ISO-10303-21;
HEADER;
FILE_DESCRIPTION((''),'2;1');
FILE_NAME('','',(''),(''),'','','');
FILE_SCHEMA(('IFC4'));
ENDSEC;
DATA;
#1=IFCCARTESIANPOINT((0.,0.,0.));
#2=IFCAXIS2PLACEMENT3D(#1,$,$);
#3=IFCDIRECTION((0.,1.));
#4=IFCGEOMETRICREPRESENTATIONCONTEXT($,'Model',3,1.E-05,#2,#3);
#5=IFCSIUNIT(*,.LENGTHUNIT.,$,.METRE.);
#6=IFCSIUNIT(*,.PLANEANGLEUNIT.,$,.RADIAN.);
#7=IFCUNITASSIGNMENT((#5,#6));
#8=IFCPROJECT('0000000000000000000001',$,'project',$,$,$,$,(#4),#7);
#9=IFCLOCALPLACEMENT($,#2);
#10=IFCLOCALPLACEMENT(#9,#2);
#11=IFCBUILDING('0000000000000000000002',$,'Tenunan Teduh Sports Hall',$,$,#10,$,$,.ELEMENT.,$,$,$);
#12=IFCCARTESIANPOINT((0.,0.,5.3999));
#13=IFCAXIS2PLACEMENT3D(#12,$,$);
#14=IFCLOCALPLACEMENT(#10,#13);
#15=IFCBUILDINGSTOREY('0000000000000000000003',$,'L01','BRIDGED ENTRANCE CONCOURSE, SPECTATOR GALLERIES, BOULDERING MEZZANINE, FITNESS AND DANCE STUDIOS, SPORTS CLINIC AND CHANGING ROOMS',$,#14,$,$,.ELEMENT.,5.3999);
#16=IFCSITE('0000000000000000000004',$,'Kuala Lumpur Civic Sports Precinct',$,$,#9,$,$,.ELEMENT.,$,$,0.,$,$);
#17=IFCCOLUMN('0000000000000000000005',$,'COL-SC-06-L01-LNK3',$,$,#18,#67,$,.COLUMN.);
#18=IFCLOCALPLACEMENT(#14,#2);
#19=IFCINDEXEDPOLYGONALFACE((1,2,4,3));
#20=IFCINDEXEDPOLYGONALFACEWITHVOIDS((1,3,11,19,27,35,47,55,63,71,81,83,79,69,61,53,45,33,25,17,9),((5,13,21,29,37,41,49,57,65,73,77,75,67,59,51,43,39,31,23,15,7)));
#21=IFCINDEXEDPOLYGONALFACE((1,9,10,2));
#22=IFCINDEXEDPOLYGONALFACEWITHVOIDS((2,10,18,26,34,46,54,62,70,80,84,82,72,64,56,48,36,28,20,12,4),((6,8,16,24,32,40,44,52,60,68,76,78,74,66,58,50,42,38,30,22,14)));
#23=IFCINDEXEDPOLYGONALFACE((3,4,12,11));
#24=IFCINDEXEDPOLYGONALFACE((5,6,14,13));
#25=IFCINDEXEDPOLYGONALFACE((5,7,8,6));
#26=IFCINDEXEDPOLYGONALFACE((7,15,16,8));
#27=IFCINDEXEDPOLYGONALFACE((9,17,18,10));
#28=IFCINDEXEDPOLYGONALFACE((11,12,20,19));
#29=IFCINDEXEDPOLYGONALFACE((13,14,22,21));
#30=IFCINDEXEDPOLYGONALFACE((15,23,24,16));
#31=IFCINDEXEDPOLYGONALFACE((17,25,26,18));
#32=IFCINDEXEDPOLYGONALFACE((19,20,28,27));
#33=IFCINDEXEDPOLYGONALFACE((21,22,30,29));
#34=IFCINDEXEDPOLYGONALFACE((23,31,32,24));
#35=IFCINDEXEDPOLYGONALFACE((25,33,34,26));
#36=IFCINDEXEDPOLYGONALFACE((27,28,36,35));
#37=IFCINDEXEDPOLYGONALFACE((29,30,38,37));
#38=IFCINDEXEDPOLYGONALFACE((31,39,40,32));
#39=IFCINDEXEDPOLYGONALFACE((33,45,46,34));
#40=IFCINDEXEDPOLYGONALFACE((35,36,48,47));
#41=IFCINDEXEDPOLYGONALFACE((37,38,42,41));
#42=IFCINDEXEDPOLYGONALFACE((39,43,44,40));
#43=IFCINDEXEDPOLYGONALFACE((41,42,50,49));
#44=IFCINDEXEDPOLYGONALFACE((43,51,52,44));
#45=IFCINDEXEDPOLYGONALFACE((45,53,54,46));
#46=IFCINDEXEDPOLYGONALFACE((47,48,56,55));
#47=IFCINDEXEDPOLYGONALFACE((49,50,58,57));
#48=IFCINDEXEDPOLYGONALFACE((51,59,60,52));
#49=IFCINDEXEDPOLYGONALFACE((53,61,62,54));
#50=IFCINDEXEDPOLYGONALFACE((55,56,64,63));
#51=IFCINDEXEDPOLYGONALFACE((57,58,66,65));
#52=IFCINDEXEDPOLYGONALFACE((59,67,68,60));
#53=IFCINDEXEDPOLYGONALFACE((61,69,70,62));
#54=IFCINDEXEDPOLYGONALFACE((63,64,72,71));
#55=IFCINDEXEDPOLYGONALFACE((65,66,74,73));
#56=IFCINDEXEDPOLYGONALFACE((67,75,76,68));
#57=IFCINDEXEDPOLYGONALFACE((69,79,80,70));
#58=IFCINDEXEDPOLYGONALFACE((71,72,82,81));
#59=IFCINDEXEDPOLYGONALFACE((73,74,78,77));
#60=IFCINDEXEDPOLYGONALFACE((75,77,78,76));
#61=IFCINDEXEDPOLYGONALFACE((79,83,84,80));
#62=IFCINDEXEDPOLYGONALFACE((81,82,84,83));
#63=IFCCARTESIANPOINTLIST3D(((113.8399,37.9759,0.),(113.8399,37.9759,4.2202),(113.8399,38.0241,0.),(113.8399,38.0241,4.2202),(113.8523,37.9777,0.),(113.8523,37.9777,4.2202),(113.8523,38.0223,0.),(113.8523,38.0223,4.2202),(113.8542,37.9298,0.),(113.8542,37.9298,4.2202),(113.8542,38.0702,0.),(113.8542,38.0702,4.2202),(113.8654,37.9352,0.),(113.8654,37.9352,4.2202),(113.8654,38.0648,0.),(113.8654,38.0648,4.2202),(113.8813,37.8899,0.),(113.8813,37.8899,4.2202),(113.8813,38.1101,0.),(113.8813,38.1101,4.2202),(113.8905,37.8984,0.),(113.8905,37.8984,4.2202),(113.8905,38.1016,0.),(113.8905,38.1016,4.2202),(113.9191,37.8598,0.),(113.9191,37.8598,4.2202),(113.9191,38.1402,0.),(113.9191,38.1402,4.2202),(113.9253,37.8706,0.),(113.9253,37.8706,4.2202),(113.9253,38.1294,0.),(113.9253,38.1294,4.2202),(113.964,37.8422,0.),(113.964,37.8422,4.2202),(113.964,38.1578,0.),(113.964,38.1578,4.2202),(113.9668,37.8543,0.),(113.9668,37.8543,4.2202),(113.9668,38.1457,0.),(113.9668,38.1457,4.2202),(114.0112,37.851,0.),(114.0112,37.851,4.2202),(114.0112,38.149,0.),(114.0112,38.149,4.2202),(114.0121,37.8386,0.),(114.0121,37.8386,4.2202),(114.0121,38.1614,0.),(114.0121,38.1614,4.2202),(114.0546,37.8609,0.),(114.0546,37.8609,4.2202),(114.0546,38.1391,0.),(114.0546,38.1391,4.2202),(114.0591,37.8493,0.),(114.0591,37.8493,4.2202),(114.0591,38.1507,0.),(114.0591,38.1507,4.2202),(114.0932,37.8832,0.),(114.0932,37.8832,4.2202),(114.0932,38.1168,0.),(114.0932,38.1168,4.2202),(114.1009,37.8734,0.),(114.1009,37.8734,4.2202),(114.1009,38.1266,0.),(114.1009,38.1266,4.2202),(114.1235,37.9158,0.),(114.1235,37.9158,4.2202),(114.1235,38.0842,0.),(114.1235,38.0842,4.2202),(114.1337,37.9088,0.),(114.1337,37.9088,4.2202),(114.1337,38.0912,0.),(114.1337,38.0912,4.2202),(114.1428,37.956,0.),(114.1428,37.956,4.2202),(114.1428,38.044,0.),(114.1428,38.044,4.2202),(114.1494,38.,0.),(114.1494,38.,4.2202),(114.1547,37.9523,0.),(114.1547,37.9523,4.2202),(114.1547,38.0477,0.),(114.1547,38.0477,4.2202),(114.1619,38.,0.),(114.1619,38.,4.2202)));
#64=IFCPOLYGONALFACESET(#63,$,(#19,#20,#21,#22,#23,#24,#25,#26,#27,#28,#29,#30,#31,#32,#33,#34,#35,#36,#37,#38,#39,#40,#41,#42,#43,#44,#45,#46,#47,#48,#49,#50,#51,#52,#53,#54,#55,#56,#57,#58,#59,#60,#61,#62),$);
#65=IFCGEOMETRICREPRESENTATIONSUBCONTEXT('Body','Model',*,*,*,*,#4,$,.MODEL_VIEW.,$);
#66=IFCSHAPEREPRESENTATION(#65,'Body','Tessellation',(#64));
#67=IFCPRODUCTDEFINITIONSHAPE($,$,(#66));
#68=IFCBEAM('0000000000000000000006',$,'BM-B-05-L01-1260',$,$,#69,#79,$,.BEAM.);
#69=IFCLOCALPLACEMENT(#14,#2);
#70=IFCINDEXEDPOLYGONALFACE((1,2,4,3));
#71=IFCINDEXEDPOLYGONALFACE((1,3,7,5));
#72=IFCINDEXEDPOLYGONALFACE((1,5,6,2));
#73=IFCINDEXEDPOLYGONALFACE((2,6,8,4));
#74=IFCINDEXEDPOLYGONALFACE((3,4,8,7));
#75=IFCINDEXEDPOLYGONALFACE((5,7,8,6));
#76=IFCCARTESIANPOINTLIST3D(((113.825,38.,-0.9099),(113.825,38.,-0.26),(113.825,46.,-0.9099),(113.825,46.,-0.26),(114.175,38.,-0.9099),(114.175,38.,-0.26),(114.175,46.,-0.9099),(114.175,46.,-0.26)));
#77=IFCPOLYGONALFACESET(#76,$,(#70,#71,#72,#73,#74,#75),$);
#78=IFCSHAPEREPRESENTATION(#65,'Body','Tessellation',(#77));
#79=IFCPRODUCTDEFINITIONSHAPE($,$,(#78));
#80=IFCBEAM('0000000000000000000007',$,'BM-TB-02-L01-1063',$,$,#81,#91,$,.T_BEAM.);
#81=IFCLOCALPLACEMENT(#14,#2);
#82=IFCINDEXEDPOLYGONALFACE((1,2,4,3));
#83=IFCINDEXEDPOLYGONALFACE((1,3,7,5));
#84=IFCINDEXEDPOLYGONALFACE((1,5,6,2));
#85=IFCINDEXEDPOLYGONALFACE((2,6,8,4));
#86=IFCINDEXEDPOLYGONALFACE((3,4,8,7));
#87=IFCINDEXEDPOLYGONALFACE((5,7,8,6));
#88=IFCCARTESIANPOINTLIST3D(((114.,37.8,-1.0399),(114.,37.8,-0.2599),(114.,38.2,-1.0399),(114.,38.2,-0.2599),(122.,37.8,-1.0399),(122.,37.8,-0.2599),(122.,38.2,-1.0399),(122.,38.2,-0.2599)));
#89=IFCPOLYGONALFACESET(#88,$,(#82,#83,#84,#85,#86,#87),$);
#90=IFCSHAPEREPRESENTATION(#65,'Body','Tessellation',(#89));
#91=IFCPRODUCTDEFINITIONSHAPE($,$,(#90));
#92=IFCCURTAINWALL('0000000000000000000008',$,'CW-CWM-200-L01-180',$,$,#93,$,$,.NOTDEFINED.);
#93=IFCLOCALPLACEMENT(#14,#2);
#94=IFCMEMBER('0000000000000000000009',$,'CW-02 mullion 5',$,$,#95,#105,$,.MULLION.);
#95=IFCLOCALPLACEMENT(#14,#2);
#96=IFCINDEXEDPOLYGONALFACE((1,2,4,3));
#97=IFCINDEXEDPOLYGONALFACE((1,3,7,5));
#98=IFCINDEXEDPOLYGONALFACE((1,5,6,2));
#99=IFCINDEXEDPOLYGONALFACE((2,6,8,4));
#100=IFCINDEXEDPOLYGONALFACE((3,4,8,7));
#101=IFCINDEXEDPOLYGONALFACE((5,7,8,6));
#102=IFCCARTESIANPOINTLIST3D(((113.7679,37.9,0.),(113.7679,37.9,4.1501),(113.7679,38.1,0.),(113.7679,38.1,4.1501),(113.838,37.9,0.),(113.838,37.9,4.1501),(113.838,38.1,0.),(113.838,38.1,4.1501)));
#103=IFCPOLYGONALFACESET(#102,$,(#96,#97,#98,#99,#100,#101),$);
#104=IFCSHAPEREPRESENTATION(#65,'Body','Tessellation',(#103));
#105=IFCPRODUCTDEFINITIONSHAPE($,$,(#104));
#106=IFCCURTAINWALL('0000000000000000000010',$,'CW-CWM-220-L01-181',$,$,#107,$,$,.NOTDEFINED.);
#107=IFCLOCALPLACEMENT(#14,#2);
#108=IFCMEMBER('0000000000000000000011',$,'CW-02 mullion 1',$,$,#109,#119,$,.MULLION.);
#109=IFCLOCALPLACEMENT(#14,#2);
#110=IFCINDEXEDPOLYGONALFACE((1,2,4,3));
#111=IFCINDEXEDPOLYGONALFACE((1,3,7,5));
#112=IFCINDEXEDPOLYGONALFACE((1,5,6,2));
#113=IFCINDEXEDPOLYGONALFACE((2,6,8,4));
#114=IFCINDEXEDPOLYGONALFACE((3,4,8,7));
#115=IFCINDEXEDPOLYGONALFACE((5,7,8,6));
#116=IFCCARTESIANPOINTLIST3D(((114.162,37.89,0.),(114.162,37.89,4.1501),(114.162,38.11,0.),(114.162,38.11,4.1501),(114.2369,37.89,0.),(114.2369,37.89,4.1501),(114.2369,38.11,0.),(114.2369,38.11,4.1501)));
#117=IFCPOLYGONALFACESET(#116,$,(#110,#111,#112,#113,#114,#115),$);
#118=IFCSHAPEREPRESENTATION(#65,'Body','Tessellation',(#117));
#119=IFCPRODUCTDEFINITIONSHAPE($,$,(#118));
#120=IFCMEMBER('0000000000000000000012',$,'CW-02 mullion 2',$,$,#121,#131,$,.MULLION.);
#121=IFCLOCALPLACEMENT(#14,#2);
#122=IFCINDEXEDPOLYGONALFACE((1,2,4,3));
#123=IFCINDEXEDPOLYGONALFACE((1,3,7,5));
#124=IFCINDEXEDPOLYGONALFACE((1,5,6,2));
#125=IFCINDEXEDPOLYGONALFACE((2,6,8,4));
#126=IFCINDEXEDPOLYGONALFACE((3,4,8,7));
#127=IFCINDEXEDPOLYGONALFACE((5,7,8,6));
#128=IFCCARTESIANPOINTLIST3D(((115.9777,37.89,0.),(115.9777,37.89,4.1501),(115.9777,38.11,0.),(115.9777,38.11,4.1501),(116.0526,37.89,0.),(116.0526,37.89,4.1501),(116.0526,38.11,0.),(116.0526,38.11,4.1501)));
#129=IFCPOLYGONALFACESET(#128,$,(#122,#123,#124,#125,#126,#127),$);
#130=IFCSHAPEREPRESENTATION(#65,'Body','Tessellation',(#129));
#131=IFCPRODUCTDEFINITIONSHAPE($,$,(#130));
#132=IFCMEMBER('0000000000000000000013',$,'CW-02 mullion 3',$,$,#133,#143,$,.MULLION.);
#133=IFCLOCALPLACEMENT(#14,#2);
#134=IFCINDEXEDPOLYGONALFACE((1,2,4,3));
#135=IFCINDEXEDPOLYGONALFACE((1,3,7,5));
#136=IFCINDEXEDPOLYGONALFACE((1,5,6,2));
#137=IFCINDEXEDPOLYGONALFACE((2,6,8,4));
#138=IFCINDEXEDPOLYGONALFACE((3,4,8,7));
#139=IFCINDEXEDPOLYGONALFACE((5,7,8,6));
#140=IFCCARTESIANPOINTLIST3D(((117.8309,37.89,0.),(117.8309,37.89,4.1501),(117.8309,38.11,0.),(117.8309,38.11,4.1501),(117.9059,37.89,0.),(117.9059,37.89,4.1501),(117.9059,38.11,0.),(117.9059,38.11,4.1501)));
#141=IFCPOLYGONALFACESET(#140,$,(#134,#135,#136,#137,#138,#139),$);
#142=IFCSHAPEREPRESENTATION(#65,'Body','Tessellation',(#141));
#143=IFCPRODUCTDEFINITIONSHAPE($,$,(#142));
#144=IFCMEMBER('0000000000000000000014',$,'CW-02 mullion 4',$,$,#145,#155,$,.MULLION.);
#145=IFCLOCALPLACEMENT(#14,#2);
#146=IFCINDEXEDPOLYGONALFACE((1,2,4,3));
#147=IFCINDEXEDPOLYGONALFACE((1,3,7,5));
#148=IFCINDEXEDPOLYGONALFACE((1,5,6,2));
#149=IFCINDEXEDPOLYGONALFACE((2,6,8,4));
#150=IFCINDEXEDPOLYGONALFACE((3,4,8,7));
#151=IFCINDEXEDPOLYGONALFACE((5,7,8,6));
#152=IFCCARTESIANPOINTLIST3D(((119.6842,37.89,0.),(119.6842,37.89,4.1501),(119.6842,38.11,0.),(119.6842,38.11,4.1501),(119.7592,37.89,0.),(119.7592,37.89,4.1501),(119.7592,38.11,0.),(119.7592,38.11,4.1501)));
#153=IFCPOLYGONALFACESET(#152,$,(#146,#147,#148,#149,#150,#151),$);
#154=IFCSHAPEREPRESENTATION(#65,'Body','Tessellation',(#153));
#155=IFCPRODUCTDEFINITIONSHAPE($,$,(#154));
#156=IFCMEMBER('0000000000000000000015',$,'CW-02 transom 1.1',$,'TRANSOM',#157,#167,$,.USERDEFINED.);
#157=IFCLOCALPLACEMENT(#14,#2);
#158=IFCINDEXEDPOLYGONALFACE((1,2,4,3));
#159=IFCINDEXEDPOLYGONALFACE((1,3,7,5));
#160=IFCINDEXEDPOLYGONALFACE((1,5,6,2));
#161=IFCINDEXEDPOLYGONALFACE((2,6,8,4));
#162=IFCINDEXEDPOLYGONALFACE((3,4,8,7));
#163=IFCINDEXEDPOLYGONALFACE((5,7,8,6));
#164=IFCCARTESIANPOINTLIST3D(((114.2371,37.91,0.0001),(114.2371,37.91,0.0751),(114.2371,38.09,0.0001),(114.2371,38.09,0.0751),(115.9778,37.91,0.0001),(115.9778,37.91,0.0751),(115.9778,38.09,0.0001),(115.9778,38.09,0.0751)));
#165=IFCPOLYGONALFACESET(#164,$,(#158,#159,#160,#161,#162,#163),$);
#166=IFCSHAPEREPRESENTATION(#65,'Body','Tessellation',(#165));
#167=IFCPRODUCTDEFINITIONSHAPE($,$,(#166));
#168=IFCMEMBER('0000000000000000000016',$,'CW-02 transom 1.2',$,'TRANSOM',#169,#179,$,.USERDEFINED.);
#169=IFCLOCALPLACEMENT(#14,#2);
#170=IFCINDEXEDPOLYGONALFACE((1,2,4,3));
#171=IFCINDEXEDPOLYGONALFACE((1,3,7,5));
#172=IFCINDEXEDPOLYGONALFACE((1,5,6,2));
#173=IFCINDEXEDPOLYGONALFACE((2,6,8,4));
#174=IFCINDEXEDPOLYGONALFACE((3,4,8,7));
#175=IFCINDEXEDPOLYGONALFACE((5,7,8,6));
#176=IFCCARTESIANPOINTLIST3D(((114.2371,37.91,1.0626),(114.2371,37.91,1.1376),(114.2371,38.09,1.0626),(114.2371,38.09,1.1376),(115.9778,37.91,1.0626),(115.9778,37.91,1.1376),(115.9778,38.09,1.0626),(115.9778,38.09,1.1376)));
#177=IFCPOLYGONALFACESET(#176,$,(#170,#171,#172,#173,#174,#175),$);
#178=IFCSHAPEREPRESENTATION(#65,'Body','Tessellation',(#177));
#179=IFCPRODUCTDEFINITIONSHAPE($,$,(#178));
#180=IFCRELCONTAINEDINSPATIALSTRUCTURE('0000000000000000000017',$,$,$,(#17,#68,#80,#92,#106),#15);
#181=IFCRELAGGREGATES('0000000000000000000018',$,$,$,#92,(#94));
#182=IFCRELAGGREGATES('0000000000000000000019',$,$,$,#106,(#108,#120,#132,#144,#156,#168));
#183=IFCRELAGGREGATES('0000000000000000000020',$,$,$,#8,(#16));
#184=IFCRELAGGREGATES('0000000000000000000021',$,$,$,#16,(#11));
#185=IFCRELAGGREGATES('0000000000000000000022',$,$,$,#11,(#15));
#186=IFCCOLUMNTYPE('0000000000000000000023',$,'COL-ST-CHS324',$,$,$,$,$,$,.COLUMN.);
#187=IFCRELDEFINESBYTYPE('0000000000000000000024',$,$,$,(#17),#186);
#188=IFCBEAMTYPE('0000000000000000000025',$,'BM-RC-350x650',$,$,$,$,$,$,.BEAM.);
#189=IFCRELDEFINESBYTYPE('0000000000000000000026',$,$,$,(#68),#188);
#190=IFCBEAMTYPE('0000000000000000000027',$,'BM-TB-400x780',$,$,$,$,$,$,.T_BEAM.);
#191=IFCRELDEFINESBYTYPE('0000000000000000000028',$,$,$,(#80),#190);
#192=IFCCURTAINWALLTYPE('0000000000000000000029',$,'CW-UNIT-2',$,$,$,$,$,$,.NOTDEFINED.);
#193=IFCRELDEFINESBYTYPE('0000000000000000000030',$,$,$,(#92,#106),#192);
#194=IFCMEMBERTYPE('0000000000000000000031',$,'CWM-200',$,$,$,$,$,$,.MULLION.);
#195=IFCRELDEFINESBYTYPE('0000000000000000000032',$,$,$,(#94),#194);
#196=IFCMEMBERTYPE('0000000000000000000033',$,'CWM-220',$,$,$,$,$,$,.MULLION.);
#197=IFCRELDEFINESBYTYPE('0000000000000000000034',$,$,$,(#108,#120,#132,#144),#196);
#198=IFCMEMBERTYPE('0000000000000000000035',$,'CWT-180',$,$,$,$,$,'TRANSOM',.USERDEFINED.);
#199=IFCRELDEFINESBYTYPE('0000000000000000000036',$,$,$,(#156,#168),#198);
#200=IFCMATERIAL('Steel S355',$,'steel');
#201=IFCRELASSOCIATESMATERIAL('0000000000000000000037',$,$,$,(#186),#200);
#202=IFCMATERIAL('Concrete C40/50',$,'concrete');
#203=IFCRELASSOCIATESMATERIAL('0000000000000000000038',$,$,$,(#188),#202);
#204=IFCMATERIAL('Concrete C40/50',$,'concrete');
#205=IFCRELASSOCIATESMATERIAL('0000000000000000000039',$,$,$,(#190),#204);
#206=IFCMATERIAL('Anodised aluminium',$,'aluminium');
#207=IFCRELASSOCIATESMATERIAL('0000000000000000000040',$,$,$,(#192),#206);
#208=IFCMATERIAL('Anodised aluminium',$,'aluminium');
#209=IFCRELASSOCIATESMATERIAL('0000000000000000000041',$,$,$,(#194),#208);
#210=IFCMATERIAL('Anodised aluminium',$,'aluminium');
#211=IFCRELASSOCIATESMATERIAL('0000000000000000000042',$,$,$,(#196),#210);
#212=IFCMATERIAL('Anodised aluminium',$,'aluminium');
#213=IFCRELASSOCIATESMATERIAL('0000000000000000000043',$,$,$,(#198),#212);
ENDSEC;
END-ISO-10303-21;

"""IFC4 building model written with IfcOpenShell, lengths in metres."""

from ifc_helpers import new_model, si_unit, direction, frame, origin, origin_2d, place, context, subcontext, project, spatial, rectangle, hollow_circle, extrude, material, material_profile, profile_set, type_object, element, aggregate, save


model = new_model("IFC4")

# Units and contexts
model_context = context("Model", 3, precision=1e-05, world=origin(), true_north=direction((0.0, 1.0)))
body_context = subcontext(model_context, "Body", "Model", "MODEL_VIEW")
ifc_project = project(units=[si_unit("LENGTHUNIT", "METRE"), si_unit("PLANEANGLEUNIT", "RADIAN")], contexts=[model_context])

# Site, building, storey
site_placement = place(None, origin())
site = spatial("IfcSite", under=ifc_project, at=site_placement, Name="Kuala Lumpur Civic Sports Precinct", CompositionType="ELEMENT", RefElevation=0.0)
building_placement = place(site_placement, origin())
building = spatial("IfcBuilding", under=site, at=building_placement, Name="Tenunan Teduh Sports Hall", CompositionType="ELEMENT")
storey_placement = place(building_placement, frame((0.0, 0.0, 5.3999)))
storey = spatial("IfcBuildingStorey", under=building, at=storey_placement, Name="L01", Description="BRIDGED ENTRANCE CONCOURSE, SPECTATOR GALLERIES, BOULDERING MEZZANINE, FITNESS AND DANCE STUDIOS, SPORTS CLINIC AND CHANGING ROOMS", CompositionType="ELEMENT", Elevation=5.3999)

# Column
ifc_material_1 = material(Name="Steel S355", Category="steel")
ifc_material_profile_1 = material_profile(ifc_material_1, hollow_circle(Radius=0.1619, WallThickness=0.0125, at=origin_2d()), Name="CHS 323.9x12.5")
ifc_profile_set_1 = profile_set([ifc_material_profile_1], Name="Steel S355")
column_type = type_object("IfcColumnType", Name="COL-ST-CHS324", PredefinedType="COLUMN", material=ifc_profile_set_1)
column_placement = place(storey_placement, frame((114.0, 38.0, 0.0), z_axis=(0.0, 0.0, 1.0), x_axis=(1.0, 0.0, 0.0)))
element("IfcColumn", 1, at=column_placement, inside=storey, type_object=column_type, Name="COL-SC-06-L01-LNK3", PredefinedType="COLUMN", context=body_context, shape_type="SweptSolid", body=[
    extrude(hollow_circle(Radius=0.1619, WallThickness=0.0125, at=origin_2d()), origin(), (0.0, 0.0, 1.0), 4.2202),
])

# Beams
ifc_material_2 = material(Name="Concrete C40/50", Category="concrete")
ifc_material_profile_2 = material_profile(ifc_material_2, rectangle(XDim=0.3501, YDim=0.6499, at=origin_2d()), Name="RCB 350x650")
ifc_profile_set_2 = profile_set([ifc_material_profile_2], Name="Concrete C40/50")
beam_type_1 = type_object("IfcBeamType", Name="BM-RC-350x650", PredefinedType="BEAM", material=ifc_profile_set_2)
beam_1_placement = place(storey_placement, frame((114.0, 38.0, -0.585), z_axis=(0.0, 1.0, 0.0), x_axis=(-1.0, 0.0, 0.0)))
element("IfcBeam", 2, at=beam_1_placement, inside=storey, type_object=beam_type_1, Name="BM-B-05-L01-1260", PredefinedType="BEAM", context=body_context, shape_type="SweptSolid", body=[
    extrude(rectangle(XDim=0.3501, YDim=0.6499, at=origin_2d()), origin(), (0.0, 0.0, 1.0), 8.0),
])
ifc_material_3 = material(Name="Concrete C40/50", Category="concrete")
ifc_material_profile_3 = material_profile(ifc_material_3, rectangle(XDim=0.3999, YDim=0.78, at=origin_2d()), Name="TB 400x780")
ifc_profile_set_3 = profile_set([ifc_material_profile_3], Name="Concrete C40/50")
beam_type_2 = type_object("IfcBeamType", Name="BM-TB-400x780", PredefinedType="T_BEAM", material=ifc_profile_set_3)
beam_2_placement = place(storey_placement, frame((114.0, 38.0, -0.6499), z_axis=(1.0, 0.0, 0.0), x_axis=(0.0, 1.0, 0.0)))
element("IfcBeam", 3, at=beam_2_placement, inside=storey, type_object=beam_type_2, Name="BM-TB-02-L01-1063", PredefinedType="T_BEAM", context=body_context, shape_type="SweptSolid", body=[
    extrude(rectangle(XDim=0.3999, YDim=0.78, at=origin_2d()), origin(), (0.0, 0.0, 1.0), 8.0),
])

# Curtain wall, member
ifc_material_4 = material(Name="Anodised aluminium", Category="aluminium")
curtain_wall_type = type_object("IfcCurtainWallType", Name="CW-UNIT-2", PredefinedType="NOTDEFINED", material=ifc_material_4)
curtain_wall_1_placement = place(storey_placement, origin())
curtain_wall_1 = element("IfcCurtainWall", 4, at=curtain_wall_1_placement, inside=storey, type_object=curtain_wall_type, Name="CW-CWM-200-L01-180", PredefinedType="NOTDEFINED")
ifc_material_5 = material(Name="Anodised aluminium", Category="aluminium")
ifc_material_profile_4 = material_profile(ifc_material_5, rectangle(XDim=0.0701, YDim=0.2, at=origin_2d()), Name="CWM 70x200")
ifc_profile_set_4 = profile_set([ifc_material_profile_4], Name="Anodised aluminium")
member_type_1 = type_object("IfcMemberType", Name="CWM-200", PredefinedType="MULLION", material=ifc_profile_set_4)
member_1_placement = place(storey_placement, frame((113.803, 38.0, 0.0), z_axis=(0.0, 0.0, 1.0), x_axis=(1.0, 0.0, 0.0)))
member_1 = element("IfcMember", 5, at=member_1_placement, type_object=member_type_1, Name="CW-02 mullion 5", PredefinedType="MULLION", context=body_context, shape_type="SweptSolid", body=[
    extrude(rectangle(XDim=0.0701, YDim=0.2, at=origin_2d()), origin(), (0.0, 0.0, 1.0), 4.1501),
])

# Curtain wall, members
curtain_wall_2_placement = place(storey_placement, origin())
curtain_wall_2 = element("IfcCurtainWall", 6, at=curtain_wall_2_placement, inside=storey, type_object=curtain_wall_type, Name="CW-CWM-220-L01-181", PredefinedType="NOTDEFINED")
ifc_material_6 = material(Name="Anodised aluminium", Category="aluminium")
ifc_material_profile_5 = material_profile(ifc_material_6, rectangle(XDim=0.075, YDim=0.22, at=origin_2d()), Name="CWM 75x220")
ifc_profile_set_5 = profile_set([ifc_material_profile_5], Name="Anodised aluminium")
member_type_2 = type_object("IfcMemberType", Name="CWM-220", PredefinedType="MULLION", material=ifc_profile_set_5)
member_2_placement = place(storey_placement, frame((114.1995, 38.0, 0.0), z_axis=(0.0, 0.0, 1.0), x_axis=(1.0, 0.0, 0.0)))
member_2 = element("IfcMember", 7, at=member_2_placement, type_object=member_type_2, Name="CW-02 mullion 1", PredefinedType="MULLION", context=body_context, shape_type="SweptSolid", body=[
    extrude(rectangle(XDim=0.075, YDim=0.22, at=origin_2d()), origin(), (0.0, 0.0, 1.0), 4.1501),
])
member_3_placement = place(storey_placement, frame((116.0151, 38.0, 0.0), z_axis=(0.0, 0.0, 1.0), x_axis=(1.0, 0.0, 0.0)))
member_3 = element("IfcMember", 8, at=member_3_placement, type_object=member_type_2, Name="CW-02 mullion 2", PredefinedType="MULLION", context=body_context, shape_type="SweptSolid", body=[
    extrude(rectangle(XDim=0.075, YDim=0.22, at=origin_2d()), origin(), (0.0, 0.0, 1.0), 4.1501),
])
member_4_placement = place(storey_placement, frame((117.8684, 38.0, 0.0), z_axis=(0.0, 0.0, 1.0), x_axis=(1.0, 0.0, 0.0)))
member_4 = element("IfcMember", 9, at=member_4_placement, type_object=member_type_2, Name="CW-02 mullion 3", PredefinedType="MULLION", context=body_context, shape_type="SweptSolid", body=[
    extrude(rectangle(XDim=0.075, YDim=0.22, at=origin_2d()), origin(), (0.0, 0.0, 1.0), 4.1501),
])
member_5_placement = place(storey_placement, frame((119.7217, 38.0, 0.0), z_axis=(0.0, 0.0, 1.0), x_axis=(1.0, 0.0, 0.0)))
member_5 = element("IfcMember", 10, at=member_5_placement, type_object=member_type_2, Name="CW-02 mullion 4", PredefinedType="MULLION", context=body_context, shape_type="SweptSolid", body=[
    extrude(rectangle(XDim=0.075, YDim=0.22, at=origin_2d()), origin(), (0.0, 0.0, 1.0), 4.1501),
])
ifc_material_7 = material(Name="Anodised aluminium", Category="aluminium")
ifc_material_profile_6 = material_profile(ifc_material_7, rectangle(XDim=0.075, YDim=0.1799, at=origin_2d()), Name="CWT 75x180")
ifc_profile_set_6 = profile_set([ifc_material_profile_6], Name="Anodised aluminium")
member_type_3 = type_object("IfcMemberType", Name="CWT-180", ElementType="TRANSOM", PredefinedType="USERDEFINED", material=ifc_profile_set_6)
member_6_placement = place(storey_placement, frame((114.2371, 38.0, 0.0376), z_axis=(1.0, 0.0, 0.0), x_axis=(0.0, 0.0, 1.0)))
member_6 = element("IfcMember", 11, at=member_6_placement, type_object=member_type_3, Name="CW-02 transom 1.1", ObjectType="TRANSOM", PredefinedType="USERDEFINED", context=body_context, shape_type="SweptSolid", body=[
    extrude(rectangle(XDim=0.075, YDim=0.1799, at=origin_2d()), origin(), (0.0, 0.0, 1.0), 1.7407),
])
member_7_placement = place(storey_placement, frame((114.2371, 38.0, 1.1001), z_axis=(1.0, 0.0, 0.0), x_axis=(0.0, 0.0, 1.0)))
member_7 = element("IfcMember", 12, at=member_7_placement, type_object=member_type_3, Name="CW-02 transom 1.2", ObjectType="TRANSOM", PredefinedType="USERDEFINED", context=body_context, shape_type="SweptSolid", body=[
    extrude(rectangle(XDim=0.075, YDim=0.1799, at=origin_2d()), origin(), (0.0, 0.0, 1.0), 1.7407),
])

aggregate(curtain_wall_1, [member_1])
aggregate(curtain_wall_2, [member_2, member_3, member_4, member_5, member_6, member_7])

save(model, "model.ifc")
